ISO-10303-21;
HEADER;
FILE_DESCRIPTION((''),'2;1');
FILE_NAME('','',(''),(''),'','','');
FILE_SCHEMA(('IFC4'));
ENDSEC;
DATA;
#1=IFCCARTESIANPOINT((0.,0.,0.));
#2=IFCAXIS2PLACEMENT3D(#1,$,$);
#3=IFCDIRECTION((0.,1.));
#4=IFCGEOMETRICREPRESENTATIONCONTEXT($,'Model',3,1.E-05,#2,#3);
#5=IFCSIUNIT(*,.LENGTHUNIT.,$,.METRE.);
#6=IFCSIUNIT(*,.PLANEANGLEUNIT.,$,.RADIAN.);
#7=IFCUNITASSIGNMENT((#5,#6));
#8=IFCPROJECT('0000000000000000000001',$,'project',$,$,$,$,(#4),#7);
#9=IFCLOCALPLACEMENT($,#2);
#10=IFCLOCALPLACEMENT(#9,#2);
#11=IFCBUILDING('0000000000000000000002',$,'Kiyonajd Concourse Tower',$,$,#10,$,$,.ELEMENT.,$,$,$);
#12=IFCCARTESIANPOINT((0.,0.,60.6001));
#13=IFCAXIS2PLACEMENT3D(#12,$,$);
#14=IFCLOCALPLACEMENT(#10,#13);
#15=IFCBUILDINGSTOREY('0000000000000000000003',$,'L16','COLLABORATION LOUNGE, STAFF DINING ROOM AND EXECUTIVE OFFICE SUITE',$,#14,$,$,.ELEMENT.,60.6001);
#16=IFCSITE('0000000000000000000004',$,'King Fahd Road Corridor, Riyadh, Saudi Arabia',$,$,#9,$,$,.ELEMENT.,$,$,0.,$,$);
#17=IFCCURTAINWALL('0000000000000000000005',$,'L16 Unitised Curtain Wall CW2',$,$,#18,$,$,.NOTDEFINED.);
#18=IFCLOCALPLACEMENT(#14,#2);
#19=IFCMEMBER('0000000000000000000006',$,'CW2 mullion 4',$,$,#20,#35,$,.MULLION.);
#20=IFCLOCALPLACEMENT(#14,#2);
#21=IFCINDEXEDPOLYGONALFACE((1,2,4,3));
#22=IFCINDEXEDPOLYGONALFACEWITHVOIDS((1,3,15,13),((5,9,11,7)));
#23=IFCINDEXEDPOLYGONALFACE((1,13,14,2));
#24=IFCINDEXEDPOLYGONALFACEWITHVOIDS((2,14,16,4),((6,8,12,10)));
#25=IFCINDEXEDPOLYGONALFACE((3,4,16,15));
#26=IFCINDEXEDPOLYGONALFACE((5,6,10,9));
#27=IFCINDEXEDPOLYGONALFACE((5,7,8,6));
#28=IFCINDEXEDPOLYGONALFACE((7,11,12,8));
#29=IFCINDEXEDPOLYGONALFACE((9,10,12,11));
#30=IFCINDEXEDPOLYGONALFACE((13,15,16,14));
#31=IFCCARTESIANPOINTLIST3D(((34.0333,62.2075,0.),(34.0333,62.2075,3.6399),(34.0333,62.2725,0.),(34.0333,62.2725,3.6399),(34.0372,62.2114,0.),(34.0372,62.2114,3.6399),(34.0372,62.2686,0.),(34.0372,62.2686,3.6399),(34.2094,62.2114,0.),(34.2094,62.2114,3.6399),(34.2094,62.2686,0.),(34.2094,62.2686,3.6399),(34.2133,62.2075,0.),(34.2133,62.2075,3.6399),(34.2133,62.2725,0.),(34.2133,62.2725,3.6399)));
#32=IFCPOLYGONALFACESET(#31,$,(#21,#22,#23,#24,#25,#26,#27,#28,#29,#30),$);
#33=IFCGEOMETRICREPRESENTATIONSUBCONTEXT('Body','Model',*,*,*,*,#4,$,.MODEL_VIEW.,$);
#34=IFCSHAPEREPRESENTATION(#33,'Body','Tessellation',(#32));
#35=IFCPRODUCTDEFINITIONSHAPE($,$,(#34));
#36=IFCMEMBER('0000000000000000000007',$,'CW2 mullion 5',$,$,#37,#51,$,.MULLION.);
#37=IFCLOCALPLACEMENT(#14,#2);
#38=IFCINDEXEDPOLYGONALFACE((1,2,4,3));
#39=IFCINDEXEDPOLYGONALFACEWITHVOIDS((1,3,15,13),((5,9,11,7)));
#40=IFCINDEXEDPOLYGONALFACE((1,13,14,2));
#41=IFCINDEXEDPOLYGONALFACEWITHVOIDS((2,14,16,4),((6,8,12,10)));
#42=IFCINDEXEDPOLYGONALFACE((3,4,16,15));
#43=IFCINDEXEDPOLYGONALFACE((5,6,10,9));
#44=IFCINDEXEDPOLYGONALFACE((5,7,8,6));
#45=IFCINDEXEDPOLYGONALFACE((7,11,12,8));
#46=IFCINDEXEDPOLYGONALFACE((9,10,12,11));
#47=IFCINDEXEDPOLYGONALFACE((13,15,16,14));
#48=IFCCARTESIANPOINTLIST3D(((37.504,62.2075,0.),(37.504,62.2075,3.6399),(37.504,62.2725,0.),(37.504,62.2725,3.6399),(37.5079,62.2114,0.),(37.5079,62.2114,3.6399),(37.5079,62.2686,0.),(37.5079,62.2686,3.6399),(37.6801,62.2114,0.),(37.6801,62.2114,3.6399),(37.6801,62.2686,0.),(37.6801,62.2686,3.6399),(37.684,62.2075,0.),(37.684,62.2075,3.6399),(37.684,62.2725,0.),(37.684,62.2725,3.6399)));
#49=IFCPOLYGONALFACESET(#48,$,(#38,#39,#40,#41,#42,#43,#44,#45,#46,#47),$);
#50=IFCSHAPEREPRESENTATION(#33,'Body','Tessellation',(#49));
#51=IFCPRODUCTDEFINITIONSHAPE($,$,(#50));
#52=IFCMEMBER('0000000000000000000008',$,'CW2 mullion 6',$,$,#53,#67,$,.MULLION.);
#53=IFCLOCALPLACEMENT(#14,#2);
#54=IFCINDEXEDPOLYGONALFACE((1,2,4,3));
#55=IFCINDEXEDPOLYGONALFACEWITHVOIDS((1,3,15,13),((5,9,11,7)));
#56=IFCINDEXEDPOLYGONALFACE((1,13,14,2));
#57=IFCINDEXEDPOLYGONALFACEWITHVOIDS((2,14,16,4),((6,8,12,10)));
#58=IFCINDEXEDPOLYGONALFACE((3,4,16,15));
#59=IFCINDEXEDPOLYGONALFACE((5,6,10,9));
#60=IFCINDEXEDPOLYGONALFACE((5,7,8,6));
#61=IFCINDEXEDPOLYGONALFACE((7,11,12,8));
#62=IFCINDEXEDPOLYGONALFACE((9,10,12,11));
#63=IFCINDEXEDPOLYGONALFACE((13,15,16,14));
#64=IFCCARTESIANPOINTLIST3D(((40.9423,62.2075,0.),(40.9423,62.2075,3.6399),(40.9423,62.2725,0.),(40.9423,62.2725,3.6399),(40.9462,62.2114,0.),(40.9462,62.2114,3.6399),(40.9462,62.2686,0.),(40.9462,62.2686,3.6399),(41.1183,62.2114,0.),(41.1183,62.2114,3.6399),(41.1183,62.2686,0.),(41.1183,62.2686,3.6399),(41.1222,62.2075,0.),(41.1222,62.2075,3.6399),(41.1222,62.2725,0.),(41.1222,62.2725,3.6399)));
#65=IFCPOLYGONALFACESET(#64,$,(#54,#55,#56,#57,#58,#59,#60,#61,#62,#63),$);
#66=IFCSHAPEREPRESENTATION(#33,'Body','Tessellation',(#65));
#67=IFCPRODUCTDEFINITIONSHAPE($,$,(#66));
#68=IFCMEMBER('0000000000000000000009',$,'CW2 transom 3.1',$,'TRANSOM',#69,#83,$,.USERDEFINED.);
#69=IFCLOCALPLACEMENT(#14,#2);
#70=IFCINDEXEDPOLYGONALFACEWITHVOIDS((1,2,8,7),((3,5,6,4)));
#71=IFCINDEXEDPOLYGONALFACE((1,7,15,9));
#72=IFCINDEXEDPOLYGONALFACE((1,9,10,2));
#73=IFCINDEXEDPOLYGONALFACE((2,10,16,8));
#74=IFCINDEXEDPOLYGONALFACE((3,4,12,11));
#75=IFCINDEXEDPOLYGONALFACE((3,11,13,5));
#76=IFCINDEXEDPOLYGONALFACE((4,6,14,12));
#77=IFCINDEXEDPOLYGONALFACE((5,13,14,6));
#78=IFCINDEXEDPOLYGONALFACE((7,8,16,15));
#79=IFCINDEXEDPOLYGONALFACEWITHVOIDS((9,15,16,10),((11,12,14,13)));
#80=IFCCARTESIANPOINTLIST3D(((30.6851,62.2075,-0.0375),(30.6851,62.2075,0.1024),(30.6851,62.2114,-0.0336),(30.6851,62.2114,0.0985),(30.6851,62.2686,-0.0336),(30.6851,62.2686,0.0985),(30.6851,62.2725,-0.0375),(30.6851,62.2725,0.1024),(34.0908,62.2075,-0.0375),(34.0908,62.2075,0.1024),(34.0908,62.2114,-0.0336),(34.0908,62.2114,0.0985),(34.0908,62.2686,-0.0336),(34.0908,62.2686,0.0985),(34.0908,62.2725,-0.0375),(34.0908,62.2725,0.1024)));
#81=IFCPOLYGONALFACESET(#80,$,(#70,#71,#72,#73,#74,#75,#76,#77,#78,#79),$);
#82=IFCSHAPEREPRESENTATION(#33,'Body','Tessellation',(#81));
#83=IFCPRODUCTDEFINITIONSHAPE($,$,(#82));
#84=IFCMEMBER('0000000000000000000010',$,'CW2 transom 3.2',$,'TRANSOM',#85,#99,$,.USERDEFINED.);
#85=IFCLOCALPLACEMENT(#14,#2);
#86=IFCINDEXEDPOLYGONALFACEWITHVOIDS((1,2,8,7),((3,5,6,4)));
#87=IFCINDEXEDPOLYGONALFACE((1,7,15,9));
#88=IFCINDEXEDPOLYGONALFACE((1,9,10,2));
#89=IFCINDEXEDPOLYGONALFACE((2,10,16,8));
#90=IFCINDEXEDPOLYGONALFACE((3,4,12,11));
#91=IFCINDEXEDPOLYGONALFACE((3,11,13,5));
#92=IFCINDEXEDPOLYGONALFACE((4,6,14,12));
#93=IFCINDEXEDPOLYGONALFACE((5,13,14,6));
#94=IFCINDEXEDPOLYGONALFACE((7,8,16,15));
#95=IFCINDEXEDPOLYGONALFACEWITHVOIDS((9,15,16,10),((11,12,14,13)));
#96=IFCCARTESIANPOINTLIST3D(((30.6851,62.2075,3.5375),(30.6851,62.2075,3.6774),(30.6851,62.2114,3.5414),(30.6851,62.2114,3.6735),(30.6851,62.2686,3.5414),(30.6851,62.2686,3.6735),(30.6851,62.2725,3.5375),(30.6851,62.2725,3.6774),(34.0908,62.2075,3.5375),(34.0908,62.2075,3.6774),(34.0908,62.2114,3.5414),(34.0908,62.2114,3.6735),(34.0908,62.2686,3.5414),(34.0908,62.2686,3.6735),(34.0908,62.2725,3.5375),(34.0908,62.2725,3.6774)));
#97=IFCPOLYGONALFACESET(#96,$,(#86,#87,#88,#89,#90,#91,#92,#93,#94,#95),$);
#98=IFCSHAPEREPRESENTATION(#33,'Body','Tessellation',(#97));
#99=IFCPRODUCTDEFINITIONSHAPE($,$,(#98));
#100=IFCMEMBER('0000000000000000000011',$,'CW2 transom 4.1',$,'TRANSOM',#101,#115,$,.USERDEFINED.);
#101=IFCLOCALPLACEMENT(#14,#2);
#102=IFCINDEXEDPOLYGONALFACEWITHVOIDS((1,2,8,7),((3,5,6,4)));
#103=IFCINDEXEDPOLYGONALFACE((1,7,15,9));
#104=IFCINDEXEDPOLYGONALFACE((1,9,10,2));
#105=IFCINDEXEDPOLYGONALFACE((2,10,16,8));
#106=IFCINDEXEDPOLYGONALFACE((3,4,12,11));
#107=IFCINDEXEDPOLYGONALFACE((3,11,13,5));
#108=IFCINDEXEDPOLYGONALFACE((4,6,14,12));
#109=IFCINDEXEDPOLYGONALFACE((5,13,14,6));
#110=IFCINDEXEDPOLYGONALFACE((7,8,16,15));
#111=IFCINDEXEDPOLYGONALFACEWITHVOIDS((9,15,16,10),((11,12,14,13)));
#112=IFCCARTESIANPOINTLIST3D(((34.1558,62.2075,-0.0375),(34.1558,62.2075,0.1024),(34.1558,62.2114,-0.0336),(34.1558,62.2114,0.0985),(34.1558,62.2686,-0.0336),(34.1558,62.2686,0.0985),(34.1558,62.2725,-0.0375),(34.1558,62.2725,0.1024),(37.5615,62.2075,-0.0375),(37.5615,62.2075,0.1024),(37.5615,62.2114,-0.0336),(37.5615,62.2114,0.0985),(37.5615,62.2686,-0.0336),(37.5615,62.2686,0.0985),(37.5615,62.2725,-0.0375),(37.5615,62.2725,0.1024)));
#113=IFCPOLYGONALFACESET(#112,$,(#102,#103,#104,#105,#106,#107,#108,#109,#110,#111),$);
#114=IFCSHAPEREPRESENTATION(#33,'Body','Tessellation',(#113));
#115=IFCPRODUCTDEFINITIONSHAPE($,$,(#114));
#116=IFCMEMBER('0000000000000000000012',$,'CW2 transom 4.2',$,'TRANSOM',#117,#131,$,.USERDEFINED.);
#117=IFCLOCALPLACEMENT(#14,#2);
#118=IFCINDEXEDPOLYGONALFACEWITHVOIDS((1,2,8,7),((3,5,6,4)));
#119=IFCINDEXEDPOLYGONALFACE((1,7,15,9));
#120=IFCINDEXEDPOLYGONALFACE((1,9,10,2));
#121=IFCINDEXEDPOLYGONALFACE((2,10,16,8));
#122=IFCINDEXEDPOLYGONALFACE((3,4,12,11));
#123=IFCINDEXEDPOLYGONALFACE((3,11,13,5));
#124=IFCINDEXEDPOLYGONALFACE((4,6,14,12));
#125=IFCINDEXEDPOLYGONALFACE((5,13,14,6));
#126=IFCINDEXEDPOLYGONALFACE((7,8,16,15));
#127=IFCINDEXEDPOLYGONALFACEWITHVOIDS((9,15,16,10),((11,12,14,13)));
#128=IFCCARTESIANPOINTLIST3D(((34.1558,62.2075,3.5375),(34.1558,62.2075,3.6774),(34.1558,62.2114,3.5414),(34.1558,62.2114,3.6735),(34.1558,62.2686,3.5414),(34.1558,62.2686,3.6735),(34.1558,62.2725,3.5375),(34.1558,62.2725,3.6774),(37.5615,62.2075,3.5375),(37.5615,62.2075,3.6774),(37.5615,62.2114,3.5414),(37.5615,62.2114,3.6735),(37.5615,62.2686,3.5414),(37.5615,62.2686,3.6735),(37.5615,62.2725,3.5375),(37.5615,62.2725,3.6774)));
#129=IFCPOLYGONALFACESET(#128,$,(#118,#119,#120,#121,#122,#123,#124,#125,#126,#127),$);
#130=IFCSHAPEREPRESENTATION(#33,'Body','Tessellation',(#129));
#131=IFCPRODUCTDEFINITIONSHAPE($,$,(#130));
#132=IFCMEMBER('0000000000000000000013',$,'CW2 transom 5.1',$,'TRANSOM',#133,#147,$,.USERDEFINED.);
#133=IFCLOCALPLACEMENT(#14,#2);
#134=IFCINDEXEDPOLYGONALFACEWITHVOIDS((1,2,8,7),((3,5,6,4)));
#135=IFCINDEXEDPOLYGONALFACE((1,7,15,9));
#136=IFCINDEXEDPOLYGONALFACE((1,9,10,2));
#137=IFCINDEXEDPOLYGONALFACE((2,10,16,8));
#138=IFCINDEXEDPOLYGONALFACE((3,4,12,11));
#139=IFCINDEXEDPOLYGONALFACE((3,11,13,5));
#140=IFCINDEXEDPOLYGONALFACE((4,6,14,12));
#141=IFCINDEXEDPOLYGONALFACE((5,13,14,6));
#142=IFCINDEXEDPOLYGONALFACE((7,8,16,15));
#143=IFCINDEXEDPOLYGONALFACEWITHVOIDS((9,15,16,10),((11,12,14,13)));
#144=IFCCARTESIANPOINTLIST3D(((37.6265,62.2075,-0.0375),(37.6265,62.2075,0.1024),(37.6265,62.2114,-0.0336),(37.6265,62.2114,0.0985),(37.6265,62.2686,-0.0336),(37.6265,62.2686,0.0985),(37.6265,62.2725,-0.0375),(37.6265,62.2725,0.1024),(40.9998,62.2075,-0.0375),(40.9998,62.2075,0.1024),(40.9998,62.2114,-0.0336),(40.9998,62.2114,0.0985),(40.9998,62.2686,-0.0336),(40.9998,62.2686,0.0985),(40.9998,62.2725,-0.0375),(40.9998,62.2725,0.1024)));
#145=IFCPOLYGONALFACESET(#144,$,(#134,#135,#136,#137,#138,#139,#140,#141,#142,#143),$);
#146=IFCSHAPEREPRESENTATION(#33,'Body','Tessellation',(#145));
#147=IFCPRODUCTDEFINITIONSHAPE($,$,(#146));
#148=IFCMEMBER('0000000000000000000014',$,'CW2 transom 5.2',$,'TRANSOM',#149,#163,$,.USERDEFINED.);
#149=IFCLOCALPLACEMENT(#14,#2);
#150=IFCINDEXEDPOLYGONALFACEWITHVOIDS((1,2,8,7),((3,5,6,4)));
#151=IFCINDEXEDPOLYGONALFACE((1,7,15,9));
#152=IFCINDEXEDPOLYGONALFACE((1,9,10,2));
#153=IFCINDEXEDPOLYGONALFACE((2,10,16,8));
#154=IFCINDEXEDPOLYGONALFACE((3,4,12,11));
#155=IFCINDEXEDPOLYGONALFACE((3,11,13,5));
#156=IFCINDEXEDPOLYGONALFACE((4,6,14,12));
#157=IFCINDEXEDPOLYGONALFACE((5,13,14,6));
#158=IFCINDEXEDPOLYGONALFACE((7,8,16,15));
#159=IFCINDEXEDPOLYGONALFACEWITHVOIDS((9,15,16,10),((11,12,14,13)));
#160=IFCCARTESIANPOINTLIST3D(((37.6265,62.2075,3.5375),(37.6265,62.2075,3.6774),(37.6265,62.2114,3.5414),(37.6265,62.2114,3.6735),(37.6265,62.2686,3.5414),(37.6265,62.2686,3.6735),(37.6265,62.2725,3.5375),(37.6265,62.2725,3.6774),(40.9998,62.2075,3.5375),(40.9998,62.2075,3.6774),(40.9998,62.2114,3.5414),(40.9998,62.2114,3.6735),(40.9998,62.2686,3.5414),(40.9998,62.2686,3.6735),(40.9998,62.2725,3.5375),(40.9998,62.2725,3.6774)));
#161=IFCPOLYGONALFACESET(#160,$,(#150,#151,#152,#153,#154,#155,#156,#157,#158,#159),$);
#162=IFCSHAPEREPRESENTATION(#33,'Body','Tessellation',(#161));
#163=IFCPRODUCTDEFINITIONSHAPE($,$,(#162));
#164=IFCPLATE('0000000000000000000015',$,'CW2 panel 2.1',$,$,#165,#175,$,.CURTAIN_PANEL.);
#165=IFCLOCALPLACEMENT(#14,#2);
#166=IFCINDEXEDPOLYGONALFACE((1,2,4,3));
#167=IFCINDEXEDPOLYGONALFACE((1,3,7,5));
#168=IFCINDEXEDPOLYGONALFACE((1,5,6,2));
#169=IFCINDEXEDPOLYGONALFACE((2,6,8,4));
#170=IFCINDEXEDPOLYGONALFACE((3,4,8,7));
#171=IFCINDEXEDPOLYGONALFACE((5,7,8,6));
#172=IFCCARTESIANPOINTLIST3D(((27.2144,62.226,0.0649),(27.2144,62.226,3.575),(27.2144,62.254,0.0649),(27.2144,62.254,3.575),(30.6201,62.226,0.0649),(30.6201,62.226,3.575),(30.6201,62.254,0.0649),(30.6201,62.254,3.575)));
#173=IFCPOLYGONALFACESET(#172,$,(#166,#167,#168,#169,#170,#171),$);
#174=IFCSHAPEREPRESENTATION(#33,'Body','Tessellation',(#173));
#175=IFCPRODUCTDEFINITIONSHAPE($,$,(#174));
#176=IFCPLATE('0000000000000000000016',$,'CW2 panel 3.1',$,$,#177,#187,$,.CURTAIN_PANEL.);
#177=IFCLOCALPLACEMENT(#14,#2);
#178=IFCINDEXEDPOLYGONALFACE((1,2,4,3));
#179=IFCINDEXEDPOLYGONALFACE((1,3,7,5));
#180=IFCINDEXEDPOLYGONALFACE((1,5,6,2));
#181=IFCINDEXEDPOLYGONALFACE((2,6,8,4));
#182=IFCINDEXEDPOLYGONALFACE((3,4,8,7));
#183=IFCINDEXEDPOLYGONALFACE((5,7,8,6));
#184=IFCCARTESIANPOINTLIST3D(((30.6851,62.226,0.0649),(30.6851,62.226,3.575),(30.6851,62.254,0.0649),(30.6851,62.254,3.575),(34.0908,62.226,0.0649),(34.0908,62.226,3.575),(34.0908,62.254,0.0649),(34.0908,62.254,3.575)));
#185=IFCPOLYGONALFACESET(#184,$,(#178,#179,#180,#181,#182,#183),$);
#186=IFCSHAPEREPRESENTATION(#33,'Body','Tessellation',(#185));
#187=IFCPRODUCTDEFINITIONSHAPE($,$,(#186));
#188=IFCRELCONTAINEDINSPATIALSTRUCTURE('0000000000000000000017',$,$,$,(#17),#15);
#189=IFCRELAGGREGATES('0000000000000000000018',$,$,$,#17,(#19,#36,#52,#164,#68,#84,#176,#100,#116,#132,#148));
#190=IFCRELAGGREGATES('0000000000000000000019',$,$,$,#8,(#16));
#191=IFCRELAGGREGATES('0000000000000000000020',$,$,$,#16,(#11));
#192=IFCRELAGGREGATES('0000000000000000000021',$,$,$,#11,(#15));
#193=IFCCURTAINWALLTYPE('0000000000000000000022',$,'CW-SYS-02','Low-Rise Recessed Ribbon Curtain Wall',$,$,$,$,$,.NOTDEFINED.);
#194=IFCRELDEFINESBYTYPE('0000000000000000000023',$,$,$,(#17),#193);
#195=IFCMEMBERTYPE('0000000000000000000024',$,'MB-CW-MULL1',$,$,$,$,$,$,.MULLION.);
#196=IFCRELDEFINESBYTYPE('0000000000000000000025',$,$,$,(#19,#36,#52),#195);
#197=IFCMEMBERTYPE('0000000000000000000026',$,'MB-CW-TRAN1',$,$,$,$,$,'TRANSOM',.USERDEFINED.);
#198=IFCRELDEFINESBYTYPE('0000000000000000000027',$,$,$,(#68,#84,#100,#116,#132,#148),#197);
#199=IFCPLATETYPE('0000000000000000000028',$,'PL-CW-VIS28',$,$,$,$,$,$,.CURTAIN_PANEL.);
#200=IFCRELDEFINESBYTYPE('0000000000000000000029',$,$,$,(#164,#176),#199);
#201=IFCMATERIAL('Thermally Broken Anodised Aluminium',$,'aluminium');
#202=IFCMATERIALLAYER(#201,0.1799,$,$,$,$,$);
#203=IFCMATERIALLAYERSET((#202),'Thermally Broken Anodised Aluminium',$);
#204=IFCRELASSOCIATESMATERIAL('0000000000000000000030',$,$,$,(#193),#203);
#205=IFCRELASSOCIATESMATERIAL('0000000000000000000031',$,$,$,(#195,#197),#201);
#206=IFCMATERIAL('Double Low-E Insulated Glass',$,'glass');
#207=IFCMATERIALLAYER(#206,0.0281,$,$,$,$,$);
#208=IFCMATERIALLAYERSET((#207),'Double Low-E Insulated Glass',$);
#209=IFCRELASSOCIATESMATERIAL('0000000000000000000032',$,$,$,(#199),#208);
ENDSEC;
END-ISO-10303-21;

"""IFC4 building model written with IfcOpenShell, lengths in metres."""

from ifc_helpers import new_model, si_unit, direction, frame, origin, origin_2d, place, context, subcontext, project, spatial, rectangle, hollow_rectangle, extrude, material, layer, layer_set, material_profile, profile_set, type_object, element, aggregate, save


model = new_model("IFC4")

# Units and contexts
model_context = context("Model", 3, precision=1e-05, world=origin(), true_north=direction((0.0, 1.0)))
body_context = subcontext(model_context, "Body", "Model", "MODEL_VIEW")
ifc_project = project(units=[si_unit("LENGTHUNIT", "METRE"), si_unit("PLANEANGLEUNIT", "RADIAN")], contexts=[model_context])

# Site, building, storey
site_placement = place(None, origin())
site = spatial("IfcSite", under=ifc_project, at=site_placement, Name="King Fahd Road Corridor, Riyadh, Saudi Arabia", CompositionType="ELEMENT", RefElevation=0.0)
building_placement = place(site_placement, origin())
building = spatial("IfcBuilding", under=site, at=building_placement, Name="Kiyonajd Concourse Tower", CompositionType="ELEMENT")
storey_placement = place(building_placement, frame((0.0, 0.0, 60.6001)))
storey = spatial("IfcBuildingStorey", under=building, at=storey_placement, Name="L16", Description="COLLABORATION LOUNGE, STAFF DINING ROOM AND EXECUTIVE OFFICE SUITE", CompositionType="ELEMENT", Elevation=60.6001)

# Curtain wall, members, plates
ifc_material_1 = material(Name="Thermally Broken Anodised Aluminium", Category="aluminium")
ifc_layer_1 = layer(ifc_material_1, 0.1799)
ifc_layer_set_1 = layer_set([ifc_layer_1], Name="Thermally Broken Anodised Aluminium")
curtain_wall_type = type_object("IfcCurtainWallType", Name="CW-SYS-02", Description="Low-Rise Recessed Ribbon Curtain Wall", PredefinedType="NOTDEFINED", material=ifc_layer_set_1)
curtain_wall_placement = place(storey_placement, origin())
curtain_wall = element("IfcCurtainWall", 1, at=curtain_wall_placement, inside=storey, type_object=curtain_wall_type, Name="L16 Unitised Curtain Wall CW2", PredefinedType="NOTDEFINED")
ifc_material_profile_1 = material_profile(ifc_material_1, hollow_rectangle(XDim=0.0649, YDim=0.1799, WallThickness=0.0039, at=origin_2d()), Name="MULL-65x180")
ifc_profile_set_1 = profile_set([ifc_material_profile_1], Name="Thermally Broken Anodised Aluminium")
member_type_1 = type_object("IfcMemberType", Name="MB-CW-MULL1", PredefinedType="MULLION", material=ifc_profile_set_1)
member_1_placement = place(storey_placement, frame((34.1233, 62.24, 0.0), z_axis=(0.0, 0.0, 1.0), x_axis=(0.0, 1.0, 0.0)))
member_1 = element("IfcMember", 2, at=member_1_placement, type_object=member_type_1, Name="CW2 mullion 4", PredefinedType="MULLION", context=body_context, shape_type="SweptSolid", body=[
    extrude(hollow_rectangle(XDim=0.0649, YDim=0.1799, WallThickness=0.0039, at=origin_2d()), origin(), (0.0, 0.0, 1.0), 3.6399),
])
member_2_placement = place(storey_placement, frame((37.594, 62.24, 0.0), z_axis=(0.0, 0.0, 1.0), x_axis=(0.0, 1.0, 0.0)))
member_2 = element("IfcMember", 3, at=member_2_placement, type_object=member_type_1, Name="CW2 mullion 5", PredefinedType="MULLION", context=body_context, shape_type="SweptSolid", body=[
    extrude(hollow_rectangle(XDim=0.0649, YDim=0.1799, WallThickness=0.0039, at=origin_2d()), origin(), (0.0, 0.0, 1.0), 3.6399),
])
member_3_placement = place(storey_placement, frame((41.0322, 62.24, 0.0), z_axis=(0.0, 0.0, 1.0), x_axis=(0.0, 1.0, 0.0)))
member_3 = element("IfcMember", 4, at=member_3_placement, type_object=member_type_1, Name="CW2 mullion 6", PredefinedType="MULLION", context=body_context, shape_type="SweptSolid", body=[
    extrude(hollow_rectangle(XDim=0.0649, YDim=0.1799, WallThickness=0.0039, at=origin_2d()), origin(), (0.0, 0.0, 1.0), 3.6399),
])
ifc_material_profile_2 = material_profile(ifc_material_1, hollow_rectangle(XDim=0.0649, YDim=0.1399, WallThickness=0.0039, at=origin_2d()), Name="TRAN-65x140")
ifc_profile_set_2 = profile_set([ifc_material_profile_2], Name="Thermally Broken Anodised Aluminium")
member_type_2 = type_object("IfcMemberType", Name="MB-CW-TRAN1", ElementType="TRANSOM", PredefinedType="USERDEFINED", material=ifc_profile_set_2)
member_4_placement = place(storey_placement, frame((30.6851, 62.24, 0.0325), z_axis=(1.0, 0.0, 0.0), x_axis=(0.0, 1.0, 0.0)))
member_4 = element("IfcMember", 5, at=member_4_placement, type_object=member_type_2, Name="CW2 transom 3.1", ObjectType="TRANSOM", PredefinedType="USERDEFINED", context=body_context, shape_type="SweptSolid", body=[
    extrude(hollow_rectangle(XDim=0.0649, YDim=0.1399, WallThickness=0.0039, at=origin_2d()), origin(), (0.0, 0.0, 1.0), 3.4058),
])
member_5_placement = place(storey_placement, frame((30.6851, 62.24, 3.6074), z_axis=(1.0, 0.0, 0.0), x_axis=(0.0, 1.0, 0.0)))
member_5 = element("IfcMember", 6, at=member_5_placement, type_object=member_type_2, Name="CW2 transom 3.2", ObjectType="TRANSOM", PredefinedType="USERDEFINED", context=body_context, shape_type="SweptSolid", body=[
    extrude(hollow_rectangle(XDim=0.0649, YDim=0.1399, WallThickness=0.0039, at=origin_2d()), origin(), (0.0, 0.0, 1.0), 3.4058),
])
member_6_placement = place(storey_placement, frame((34.1558, 62.24, 0.0325), z_axis=(1.0, 0.0, 0.0), x_axis=(0.0, 1.0, 0.0)))
member_6 = element("IfcMember", 7, at=member_6_placement, type_object=member_type_2, Name="CW2 transom 4.1", ObjectType="TRANSOM", PredefinedType="USERDEFINED", context=body_context, shape_type="SweptSolid", body=[
    extrude(hollow_rectangle(XDim=0.0649, YDim=0.1399, WallThickness=0.0039, at=origin_2d()), origin(), (0.0, 0.0, 1.0), 3.4058),
])
member_7_placement = place(storey_placement, frame((34.1558, 62.24, 3.6074), z_axis=(1.0, 0.0, 0.0), x_axis=(0.0, 1.0, 0.0)))
member_7 = element("IfcMember", 8, at=member_7_placement, type_object=member_type_2, Name="CW2 transom 4.2", ObjectType="TRANSOM", PredefinedType="USERDEFINED", context=body_context, shape_type="SweptSolid", body=[
    extrude(hollow_rectangle(XDim=0.0649, YDim=0.1399, WallThickness=0.0039, at=origin_2d()), origin(), (0.0, 0.0, 1.0), 3.4058),
])
member_8_placement = place(storey_placement, frame((37.6265, 62.24, 0.0325), z_axis=(1.0, 0.0, 0.0), x_axis=(0.0, 1.0, 0.0)))
member_8 = element("IfcMember", 9, at=member_8_placement, type_object=member_type_2, Name="CW2 transom 5.1", ObjectType="TRANSOM", PredefinedType="USERDEFINED", context=body_context, shape_type="SweptSolid", body=[
    extrude(hollow_rectangle(XDim=0.0649, YDim=0.1399, WallThickness=0.0039, at=origin_2d()), origin(), (0.0, 0.0, 1.0), 3.3733),
])
member_9_placement = place(storey_placement, frame((37.6265, 62.24, 3.6074), z_axis=(1.0, 0.0, 0.0), x_axis=(0.0, 1.0, 0.0)))
member_9 = element("IfcMember", 10, at=member_9_placement, type_object=member_type_2, Name="CW2 transom 5.2", ObjectType="TRANSOM", PredefinedType="USERDEFINED", context=body_context, shape_type="SweptSolid", body=[
    extrude(hollow_rectangle(XDim=0.0649, YDim=0.1399, WallThickness=0.0039, at=origin_2d()), origin(), (0.0, 0.0, 1.0), 3.3733),
])
ifc_material_2 = material(Name="Double Low-E Insulated Glass", Category="glass")
ifc_layer_2 = layer(ifc_material_2, 0.0281)
ifc_layer_set_2 = layer_set([ifc_layer_2], Name="Double Low-E Insulated Glass")
plate_type_1 = type_object("IfcPlateType", Name="PL-CW-VIS28", PredefinedType="CURTAIN_PANEL", material=ifc_layer_set_2)
plate_1_placement = place(storey_placement, frame((28.9172, 62.24, 0.0649), z_axis=(0.0, 0.0, 1.0), x_axis=(1.0, 0.0, 0.0)))
plate_1 = element("IfcPlate", 11, at=plate_1_placement, type_object=plate_type_1, Name="CW2 panel 2.1", PredefinedType="CURTAIN_PANEL", context=body_context, shape_type="SweptSolid", body=[
    extrude(rectangle(XDim=3.4058, YDim=0.0281, at=origin_2d()), origin(), (0.0, 0.0, 1.0), 3.51),
])
plate_2_placement = place(storey_placement, frame((32.3879, 62.24, 0.0649), z_axis=(0.0, 0.0, 1.0), x_axis=(1.0, 0.0, 0.0)))
plate_2 = element("IfcPlate", 12, at=plate_2_placement, type_object=plate_type_1, Name="CW2 panel 3.1", PredefinedType="CURTAIN_PANEL", context=body_context, shape_type="SweptSolid", body=[
    extrude(rectangle(XDim=3.4058, YDim=0.0281, at=origin_2d()), origin(), (0.0, 0.0, 1.0), 3.51),
])
aggregate(curtain_wall, [member_1, member_2, member_3, plate_1, member_4, member_5, plate_2, member_6, member_7, member_8, member_9])

save(model, "model.ifc")
